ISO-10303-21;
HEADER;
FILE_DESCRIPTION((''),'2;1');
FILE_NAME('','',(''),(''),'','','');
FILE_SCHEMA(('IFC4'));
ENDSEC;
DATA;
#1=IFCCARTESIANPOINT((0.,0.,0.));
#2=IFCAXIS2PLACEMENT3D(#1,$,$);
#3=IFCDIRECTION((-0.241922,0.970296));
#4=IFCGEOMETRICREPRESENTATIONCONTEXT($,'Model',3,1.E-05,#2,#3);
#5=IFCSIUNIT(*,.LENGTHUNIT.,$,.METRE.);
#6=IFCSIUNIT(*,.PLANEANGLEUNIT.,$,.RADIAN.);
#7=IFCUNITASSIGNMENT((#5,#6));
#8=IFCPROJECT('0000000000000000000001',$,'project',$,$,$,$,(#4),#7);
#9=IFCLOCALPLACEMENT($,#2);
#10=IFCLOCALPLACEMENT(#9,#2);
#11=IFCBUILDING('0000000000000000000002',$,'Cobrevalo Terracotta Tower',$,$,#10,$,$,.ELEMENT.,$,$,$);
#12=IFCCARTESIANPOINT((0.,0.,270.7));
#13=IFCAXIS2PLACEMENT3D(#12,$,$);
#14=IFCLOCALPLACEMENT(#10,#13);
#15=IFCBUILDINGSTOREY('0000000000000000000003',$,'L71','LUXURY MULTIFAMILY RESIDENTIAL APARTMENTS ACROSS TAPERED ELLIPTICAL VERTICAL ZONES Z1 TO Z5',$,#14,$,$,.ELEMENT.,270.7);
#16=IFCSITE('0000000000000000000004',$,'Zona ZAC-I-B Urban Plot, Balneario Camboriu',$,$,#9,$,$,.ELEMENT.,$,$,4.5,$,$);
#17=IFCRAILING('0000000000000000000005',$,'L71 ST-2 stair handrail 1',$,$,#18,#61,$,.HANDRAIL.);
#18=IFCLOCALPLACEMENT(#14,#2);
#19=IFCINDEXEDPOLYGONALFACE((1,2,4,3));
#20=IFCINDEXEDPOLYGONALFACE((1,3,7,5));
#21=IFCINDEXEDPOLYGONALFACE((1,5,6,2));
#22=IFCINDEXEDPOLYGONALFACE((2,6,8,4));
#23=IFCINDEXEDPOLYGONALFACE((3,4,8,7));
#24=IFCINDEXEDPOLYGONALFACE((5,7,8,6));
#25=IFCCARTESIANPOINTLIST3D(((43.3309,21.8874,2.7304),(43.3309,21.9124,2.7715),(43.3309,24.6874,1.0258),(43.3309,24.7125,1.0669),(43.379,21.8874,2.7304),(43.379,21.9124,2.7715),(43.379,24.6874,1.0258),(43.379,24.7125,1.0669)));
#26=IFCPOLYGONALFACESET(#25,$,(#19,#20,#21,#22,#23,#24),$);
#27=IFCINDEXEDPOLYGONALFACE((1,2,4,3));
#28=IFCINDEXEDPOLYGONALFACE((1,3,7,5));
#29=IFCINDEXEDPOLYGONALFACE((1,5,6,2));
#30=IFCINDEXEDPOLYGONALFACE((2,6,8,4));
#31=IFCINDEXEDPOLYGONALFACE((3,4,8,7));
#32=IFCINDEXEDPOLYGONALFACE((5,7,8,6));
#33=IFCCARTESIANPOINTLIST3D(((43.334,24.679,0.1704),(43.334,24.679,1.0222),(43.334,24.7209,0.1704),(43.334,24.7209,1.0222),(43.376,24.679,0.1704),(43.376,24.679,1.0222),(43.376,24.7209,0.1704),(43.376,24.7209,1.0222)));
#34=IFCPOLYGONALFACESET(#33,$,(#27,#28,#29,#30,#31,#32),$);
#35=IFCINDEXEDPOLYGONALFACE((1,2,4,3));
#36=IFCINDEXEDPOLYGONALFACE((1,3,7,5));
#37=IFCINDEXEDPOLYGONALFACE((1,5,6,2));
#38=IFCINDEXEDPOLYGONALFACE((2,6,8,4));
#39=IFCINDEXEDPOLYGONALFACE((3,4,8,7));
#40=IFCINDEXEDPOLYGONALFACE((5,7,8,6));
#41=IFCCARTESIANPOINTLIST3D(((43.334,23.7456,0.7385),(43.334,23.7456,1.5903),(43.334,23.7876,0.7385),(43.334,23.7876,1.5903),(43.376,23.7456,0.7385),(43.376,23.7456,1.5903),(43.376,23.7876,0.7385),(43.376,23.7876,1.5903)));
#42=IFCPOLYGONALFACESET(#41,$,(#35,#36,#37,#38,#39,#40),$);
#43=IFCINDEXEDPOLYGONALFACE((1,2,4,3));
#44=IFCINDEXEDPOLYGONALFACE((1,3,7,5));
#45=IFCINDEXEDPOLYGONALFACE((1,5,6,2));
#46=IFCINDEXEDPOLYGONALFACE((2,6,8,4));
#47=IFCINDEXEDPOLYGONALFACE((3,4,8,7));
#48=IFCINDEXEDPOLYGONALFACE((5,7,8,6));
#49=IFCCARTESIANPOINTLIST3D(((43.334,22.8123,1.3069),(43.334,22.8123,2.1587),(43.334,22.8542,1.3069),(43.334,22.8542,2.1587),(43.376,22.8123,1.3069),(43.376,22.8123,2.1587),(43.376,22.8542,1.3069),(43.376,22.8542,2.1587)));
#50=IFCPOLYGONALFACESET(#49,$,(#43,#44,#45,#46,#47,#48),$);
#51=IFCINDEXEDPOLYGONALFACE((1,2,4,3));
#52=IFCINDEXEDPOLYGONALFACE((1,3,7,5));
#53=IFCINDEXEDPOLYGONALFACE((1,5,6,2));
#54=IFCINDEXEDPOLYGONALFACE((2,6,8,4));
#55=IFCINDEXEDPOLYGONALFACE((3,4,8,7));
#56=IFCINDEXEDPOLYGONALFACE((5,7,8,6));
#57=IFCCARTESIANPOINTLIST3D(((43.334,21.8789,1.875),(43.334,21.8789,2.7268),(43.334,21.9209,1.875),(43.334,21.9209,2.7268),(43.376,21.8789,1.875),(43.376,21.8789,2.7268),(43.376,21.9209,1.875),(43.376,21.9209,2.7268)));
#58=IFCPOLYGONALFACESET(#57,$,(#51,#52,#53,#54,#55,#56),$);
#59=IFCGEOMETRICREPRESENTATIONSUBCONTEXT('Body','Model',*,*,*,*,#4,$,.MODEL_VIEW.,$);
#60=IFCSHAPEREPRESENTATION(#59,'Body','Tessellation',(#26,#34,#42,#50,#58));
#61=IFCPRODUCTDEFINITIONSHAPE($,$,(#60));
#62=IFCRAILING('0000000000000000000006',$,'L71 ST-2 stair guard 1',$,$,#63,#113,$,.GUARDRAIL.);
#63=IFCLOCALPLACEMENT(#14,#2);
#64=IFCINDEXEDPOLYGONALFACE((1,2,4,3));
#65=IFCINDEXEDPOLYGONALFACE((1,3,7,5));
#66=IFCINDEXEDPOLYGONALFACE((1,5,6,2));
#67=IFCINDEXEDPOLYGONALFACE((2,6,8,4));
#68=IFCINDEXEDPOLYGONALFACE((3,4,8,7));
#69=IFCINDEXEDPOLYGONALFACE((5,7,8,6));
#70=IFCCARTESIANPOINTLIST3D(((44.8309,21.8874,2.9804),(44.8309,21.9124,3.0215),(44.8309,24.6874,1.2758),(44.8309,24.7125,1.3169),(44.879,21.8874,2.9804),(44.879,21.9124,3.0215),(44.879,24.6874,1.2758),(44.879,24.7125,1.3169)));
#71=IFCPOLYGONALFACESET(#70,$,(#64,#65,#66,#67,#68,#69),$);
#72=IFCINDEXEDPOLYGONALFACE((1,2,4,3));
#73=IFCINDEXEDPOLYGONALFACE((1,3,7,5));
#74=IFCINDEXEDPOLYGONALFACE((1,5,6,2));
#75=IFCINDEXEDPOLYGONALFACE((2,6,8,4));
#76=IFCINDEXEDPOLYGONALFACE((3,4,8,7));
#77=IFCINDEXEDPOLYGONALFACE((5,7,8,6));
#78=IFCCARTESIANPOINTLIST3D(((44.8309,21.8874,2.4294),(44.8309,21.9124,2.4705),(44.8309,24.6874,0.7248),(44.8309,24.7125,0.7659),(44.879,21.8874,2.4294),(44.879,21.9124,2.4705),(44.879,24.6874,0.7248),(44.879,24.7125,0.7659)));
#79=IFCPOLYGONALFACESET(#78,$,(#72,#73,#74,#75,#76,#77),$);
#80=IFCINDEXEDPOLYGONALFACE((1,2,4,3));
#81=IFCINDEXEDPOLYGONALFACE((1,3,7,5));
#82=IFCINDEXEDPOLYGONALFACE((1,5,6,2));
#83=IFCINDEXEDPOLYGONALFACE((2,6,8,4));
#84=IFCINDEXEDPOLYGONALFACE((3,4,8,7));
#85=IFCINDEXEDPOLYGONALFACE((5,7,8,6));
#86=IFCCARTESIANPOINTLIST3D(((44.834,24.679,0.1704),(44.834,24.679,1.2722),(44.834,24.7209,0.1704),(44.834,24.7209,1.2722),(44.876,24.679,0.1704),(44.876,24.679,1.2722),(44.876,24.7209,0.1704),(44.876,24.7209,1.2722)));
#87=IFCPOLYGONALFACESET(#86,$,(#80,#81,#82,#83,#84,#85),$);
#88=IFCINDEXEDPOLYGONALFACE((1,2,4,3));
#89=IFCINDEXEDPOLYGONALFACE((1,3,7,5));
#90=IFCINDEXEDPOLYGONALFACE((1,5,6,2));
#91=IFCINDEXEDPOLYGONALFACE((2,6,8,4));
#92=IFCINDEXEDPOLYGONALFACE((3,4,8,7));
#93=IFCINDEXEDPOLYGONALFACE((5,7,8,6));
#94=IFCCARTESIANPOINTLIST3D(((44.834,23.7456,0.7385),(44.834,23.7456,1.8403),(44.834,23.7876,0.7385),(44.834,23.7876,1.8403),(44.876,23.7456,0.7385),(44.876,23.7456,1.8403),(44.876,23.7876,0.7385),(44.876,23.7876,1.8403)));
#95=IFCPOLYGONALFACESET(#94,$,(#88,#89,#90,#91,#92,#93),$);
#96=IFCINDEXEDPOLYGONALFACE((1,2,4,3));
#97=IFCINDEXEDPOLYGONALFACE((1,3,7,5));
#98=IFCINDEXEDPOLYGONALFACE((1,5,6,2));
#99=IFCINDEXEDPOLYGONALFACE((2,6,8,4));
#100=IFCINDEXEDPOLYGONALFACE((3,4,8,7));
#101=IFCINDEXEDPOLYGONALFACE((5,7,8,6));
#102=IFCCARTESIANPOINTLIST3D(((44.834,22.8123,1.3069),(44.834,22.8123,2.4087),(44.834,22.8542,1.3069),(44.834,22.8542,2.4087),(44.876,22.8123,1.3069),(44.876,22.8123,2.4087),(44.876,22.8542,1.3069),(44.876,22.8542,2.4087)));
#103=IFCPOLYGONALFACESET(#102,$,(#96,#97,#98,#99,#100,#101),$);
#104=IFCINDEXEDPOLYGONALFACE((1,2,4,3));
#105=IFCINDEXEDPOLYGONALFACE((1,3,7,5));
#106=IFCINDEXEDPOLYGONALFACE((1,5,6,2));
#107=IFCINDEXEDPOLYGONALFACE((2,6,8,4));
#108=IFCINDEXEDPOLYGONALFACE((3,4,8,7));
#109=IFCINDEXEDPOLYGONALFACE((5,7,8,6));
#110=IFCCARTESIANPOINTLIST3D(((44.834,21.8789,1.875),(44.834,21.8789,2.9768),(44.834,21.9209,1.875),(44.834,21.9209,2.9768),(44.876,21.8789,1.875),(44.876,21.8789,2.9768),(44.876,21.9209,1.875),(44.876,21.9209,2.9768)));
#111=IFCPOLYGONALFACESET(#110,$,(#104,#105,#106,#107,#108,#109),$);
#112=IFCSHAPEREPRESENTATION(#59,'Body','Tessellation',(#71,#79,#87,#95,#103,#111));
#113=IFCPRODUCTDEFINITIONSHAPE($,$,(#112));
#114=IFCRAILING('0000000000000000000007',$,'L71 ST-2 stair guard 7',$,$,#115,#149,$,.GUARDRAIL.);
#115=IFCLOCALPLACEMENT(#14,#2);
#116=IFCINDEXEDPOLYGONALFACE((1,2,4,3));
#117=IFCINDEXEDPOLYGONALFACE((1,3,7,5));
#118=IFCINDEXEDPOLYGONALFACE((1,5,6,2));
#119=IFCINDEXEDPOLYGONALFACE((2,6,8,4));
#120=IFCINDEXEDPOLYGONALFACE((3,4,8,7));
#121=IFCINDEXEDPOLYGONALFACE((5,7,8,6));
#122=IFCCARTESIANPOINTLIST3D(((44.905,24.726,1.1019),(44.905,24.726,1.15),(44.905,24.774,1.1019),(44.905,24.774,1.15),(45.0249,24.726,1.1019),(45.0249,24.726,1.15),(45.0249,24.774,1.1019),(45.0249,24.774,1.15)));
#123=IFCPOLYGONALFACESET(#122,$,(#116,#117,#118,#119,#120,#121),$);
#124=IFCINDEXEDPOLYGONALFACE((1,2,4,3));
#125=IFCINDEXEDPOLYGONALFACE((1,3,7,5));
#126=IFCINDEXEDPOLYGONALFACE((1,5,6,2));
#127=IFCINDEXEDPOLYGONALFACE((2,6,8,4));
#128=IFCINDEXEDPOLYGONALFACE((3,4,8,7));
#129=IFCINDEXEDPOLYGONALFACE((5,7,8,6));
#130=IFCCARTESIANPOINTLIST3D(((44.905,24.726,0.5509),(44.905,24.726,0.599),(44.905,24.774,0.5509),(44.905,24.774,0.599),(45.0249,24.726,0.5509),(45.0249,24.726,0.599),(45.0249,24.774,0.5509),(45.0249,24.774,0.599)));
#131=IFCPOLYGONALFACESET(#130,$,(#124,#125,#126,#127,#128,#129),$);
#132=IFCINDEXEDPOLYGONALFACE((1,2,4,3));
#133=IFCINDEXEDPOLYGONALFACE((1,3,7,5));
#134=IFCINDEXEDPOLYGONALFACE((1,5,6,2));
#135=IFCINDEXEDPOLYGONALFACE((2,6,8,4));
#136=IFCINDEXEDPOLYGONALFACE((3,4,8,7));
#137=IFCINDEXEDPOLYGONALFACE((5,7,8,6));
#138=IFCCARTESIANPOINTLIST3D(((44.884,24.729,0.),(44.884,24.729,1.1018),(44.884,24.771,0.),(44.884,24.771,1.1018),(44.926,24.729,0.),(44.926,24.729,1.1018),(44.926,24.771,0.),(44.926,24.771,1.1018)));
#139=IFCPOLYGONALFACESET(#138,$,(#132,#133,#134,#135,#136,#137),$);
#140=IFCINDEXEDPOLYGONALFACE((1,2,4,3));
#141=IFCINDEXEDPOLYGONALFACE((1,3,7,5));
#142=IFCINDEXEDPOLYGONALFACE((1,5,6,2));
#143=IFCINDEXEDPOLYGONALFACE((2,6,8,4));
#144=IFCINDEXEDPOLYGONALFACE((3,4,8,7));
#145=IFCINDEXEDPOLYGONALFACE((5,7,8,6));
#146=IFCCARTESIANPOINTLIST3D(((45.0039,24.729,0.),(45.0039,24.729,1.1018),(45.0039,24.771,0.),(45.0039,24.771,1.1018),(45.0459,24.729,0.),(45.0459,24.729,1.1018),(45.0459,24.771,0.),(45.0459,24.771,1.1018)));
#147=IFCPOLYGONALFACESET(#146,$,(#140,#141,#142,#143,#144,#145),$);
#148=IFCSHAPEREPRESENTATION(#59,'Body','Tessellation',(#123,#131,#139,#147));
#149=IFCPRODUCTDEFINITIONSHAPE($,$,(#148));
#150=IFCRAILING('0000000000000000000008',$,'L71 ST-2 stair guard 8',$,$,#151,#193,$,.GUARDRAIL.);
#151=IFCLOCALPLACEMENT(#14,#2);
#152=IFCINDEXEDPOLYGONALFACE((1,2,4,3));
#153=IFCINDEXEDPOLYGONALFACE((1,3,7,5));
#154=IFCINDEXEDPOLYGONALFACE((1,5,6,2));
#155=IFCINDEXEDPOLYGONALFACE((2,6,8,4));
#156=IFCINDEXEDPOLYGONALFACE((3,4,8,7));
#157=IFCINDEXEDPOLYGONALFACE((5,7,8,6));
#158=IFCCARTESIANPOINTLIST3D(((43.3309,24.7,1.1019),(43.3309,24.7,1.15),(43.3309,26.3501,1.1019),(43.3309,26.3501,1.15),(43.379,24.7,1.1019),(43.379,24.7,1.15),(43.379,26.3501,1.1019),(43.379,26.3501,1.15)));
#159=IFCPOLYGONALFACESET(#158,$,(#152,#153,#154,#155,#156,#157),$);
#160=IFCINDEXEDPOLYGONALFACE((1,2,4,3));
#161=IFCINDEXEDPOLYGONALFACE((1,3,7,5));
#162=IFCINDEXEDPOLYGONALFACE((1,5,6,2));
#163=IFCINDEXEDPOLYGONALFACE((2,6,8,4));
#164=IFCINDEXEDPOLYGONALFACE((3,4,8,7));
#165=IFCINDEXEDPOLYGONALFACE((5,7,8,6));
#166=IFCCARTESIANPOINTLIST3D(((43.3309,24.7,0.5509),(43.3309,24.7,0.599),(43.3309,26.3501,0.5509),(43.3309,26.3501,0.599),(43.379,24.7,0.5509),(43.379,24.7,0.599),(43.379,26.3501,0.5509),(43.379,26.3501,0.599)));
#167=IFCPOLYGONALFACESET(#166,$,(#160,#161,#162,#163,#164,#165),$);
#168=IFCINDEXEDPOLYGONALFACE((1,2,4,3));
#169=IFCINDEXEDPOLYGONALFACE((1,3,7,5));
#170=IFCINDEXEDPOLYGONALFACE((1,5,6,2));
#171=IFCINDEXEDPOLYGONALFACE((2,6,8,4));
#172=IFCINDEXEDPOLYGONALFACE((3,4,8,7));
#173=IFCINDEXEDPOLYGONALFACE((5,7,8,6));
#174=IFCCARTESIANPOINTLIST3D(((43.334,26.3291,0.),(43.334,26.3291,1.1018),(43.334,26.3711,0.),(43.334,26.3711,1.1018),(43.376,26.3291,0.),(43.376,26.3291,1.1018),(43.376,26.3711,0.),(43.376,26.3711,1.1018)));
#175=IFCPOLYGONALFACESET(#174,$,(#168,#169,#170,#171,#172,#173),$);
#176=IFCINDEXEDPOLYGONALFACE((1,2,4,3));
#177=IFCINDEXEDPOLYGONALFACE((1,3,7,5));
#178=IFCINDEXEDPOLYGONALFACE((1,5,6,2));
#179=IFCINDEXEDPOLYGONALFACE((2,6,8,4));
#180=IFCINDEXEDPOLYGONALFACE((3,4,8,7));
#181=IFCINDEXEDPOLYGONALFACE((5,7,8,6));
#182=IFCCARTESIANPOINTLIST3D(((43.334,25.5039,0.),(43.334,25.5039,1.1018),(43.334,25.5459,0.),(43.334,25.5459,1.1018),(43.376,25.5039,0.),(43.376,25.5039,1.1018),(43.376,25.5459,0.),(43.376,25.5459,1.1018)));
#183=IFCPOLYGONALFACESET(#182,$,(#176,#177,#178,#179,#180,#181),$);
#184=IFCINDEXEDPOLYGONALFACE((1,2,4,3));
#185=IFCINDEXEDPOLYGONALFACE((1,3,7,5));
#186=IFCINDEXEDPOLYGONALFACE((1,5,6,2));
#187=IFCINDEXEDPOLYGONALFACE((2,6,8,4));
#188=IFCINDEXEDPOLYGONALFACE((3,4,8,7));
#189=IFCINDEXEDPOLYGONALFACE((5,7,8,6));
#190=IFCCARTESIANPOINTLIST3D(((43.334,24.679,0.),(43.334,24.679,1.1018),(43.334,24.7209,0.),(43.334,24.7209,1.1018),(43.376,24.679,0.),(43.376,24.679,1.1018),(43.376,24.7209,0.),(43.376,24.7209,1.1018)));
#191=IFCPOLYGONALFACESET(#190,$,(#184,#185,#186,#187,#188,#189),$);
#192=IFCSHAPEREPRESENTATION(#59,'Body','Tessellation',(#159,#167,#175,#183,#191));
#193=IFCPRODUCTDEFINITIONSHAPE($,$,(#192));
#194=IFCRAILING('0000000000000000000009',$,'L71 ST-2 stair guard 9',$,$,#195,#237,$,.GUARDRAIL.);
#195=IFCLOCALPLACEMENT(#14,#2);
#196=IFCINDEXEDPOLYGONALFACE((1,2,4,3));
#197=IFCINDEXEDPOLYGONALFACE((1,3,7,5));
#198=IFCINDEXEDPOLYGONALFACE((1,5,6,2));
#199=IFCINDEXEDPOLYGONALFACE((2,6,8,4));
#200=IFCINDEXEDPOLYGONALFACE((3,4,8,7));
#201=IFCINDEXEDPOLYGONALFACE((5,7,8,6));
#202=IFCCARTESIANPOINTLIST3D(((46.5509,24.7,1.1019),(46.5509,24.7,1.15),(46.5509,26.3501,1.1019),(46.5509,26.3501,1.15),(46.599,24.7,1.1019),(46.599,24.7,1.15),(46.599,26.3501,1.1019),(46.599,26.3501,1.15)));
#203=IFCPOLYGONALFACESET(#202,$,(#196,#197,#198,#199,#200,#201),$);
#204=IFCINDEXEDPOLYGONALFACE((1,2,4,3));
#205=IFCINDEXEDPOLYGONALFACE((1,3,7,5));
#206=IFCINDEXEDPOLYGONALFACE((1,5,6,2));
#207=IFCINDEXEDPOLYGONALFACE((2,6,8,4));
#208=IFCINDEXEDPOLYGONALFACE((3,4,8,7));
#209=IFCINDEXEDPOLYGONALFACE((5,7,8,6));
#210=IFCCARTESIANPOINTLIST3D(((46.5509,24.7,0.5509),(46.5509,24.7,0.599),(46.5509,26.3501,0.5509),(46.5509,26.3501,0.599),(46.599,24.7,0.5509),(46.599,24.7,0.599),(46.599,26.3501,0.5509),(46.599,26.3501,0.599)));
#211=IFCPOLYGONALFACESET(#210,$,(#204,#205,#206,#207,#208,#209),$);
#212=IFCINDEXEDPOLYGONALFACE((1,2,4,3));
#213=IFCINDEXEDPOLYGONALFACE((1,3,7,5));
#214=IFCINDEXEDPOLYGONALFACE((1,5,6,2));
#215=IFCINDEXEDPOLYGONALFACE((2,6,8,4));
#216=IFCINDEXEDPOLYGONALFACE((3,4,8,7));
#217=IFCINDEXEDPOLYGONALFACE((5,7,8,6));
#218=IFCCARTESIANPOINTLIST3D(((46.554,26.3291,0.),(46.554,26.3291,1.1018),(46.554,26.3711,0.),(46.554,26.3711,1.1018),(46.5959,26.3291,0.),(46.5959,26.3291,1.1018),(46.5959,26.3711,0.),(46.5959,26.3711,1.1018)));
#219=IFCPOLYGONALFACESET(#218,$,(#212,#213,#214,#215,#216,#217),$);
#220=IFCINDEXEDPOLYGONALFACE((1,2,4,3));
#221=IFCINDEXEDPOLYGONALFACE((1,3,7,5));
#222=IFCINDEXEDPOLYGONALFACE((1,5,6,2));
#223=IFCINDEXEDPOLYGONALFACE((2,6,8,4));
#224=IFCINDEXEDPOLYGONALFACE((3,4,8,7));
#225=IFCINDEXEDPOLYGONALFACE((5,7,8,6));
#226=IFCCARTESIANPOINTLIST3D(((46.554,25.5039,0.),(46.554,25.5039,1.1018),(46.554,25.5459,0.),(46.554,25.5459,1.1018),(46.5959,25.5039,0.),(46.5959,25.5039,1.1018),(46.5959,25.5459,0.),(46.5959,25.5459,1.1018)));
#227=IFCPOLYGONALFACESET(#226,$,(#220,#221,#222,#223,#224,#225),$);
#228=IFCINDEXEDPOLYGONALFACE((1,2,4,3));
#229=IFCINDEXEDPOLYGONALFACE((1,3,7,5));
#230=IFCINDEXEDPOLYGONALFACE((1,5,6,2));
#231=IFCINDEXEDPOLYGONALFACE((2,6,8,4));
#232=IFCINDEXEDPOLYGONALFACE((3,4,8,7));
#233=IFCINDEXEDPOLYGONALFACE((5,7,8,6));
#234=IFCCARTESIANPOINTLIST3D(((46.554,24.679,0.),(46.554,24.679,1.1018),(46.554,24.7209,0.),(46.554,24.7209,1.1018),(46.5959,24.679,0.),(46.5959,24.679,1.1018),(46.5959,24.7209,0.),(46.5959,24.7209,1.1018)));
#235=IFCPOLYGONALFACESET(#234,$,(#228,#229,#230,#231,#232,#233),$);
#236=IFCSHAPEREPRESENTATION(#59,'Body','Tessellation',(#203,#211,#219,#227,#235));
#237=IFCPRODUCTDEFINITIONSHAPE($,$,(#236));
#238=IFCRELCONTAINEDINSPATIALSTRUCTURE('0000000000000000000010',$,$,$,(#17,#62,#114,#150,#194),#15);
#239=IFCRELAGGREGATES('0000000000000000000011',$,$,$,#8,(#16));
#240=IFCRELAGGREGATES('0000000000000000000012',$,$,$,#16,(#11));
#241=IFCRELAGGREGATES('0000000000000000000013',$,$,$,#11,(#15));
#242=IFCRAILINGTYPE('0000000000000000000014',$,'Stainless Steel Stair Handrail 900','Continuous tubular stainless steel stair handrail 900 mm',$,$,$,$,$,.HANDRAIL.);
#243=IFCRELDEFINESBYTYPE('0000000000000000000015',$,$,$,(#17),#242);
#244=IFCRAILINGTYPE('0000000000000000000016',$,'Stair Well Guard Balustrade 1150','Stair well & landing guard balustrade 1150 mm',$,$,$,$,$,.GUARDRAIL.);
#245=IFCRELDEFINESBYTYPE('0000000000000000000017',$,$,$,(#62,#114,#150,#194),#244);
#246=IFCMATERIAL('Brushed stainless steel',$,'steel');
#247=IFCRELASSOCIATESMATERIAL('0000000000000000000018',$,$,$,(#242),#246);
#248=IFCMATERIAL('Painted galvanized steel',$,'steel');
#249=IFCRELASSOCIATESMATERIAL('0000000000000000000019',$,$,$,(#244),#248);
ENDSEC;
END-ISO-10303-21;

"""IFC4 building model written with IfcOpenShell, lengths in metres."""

from ifc_helpers import new_model, si_unit, direction, frame, origin, origin_2d, place, context, subcontext, project, spatial, rectangle, extrude, material, type_object, element, save


model = new_model("IFC4")

# Units and contexts
model_context = context("Model", 3, precision=1e-05, world=origin(), true_north=direction((-0.241922, 0.970296)))
body_context = subcontext(model_context, "Body", "Model", "MODEL_VIEW")
ifc_project = project(units=[si_unit("LENGTHUNIT", "METRE"), si_unit("PLANEANGLEUNIT", "RADIAN")], contexts=[model_context])

# Site, building, storey
site_placement = place(None, origin())
site = spatial("IfcSite", under=ifc_project, at=site_placement, Name="Zona ZAC-I-B Urban Plot, Balneario Camboriu", CompositionType="ELEMENT", RefElevation=4.5)
building_placement = place(site_placement, origin())
building = spatial("IfcBuilding", under=site, at=building_placement, Name="Cobrevalo Terracotta Tower", CompositionType="ELEMENT")
storey_placement = place(building_placement, frame((0.0, 0.0, 270.7)))
storey = spatial("IfcBuildingStorey", under=building, at=storey_placement, Name="L71", Description="LUXURY MULTIFAMILY RESIDENTIAL APARTMENTS ACROSS TAPERED ELLIPTICAL VERTICAL ZONES Z1 TO Z5", CompositionType="ELEMENT", Elevation=270.7)

# Shared definitions
ifc_material_1 = material(Name="Brushed stainless steel", Category="steel")

# Railings
railing_type_1 = type_object("IfcRailingType", Name="Stainless Steel Stair Handrail 900", Description="Continuous tubular stainless steel stair handrail 900 mm", PredefinedType="HANDRAIL", material=ifc_material_1)
railing_1_placement = place(storey_placement, frame((43.355, 24.7, 0.1704)))
element("IfcRailing", 1, at=railing_1_placement, inside=storey, type_object=railing_type_1, Name="L71 ST-2 stair handrail 1", PredefinedType="HANDRAIL", context=body_context, shape_type="SweptSolid", body=[
    extrude(rectangle(XDim=0.0481, YDim=0.0481, at=origin_2d()), frame((0.0, 0.0, 0.876), z_axis=(0.0, -0.85417, 0.519994), x_axis=(1.0, 0.0, 0.0)), (0.0, 0.0, 1.0), 3.2781),
    extrude(rectangle(XDim=0.042, YDim=0.042, at=origin_2d()), origin(), (0.0, 0.0, 1.0), 0.8518),
    extrude(rectangle(XDim=0.042, YDim=0.042, at=origin_2d()), frame((0.0, -0.9333, 0.5681)), (0.0, 0.0, 1.0), 0.8518),
    extrude(rectangle(XDim=0.042, YDim=0.042, at=origin_2d()), frame((0.0, -1.8667, 1.1365)), (0.0, 0.0, 1.0), 0.8518),
    extrude(rectangle(XDim=0.042, YDim=0.042, at=origin_2d()), frame((0.0, -2.8, 1.7046)), (0.0, 0.0, 1.0), 0.8518),
])
ifc_material_2 = material(Name="Painted galvanized steel", Category="steel")
railing_type_2 = type_object("IfcRailingType", Name="Stair Well Guard Balustrade 1150", Description="Stair well & landing guard balustrade 1150 mm", PredefinedType="GUARDRAIL", material=ifc_material_2)
railing_2_placement = place(storey_placement, frame((44.855, 24.7, 0.1704)))
element("IfcRailing", 2, at=railing_2_placement, inside=storey, type_object=railing_type_2, Name="L71 ST-2 stair guard 1", PredefinedType="GUARDRAIL", context=body_context, shape_type="SweptSolid", body=[
    extrude(rectangle(XDim=0.0481, YDim=0.0481, at=origin_2d()), frame((0.0, 0.0, 1.126), z_axis=(0.0, -0.85417, 0.519994), x_axis=(1.0, 0.0, 0.0)), (0.0, 0.0, 1.0), 3.2781),
    extrude(rectangle(XDim=0.0481, YDim=0.0481, at=origin_2d()), frame((0.0, 0.0, 0.575), z_axis=(0.0, -0.85417, 0.519994), x_axis=(1.0, 0.0, 0.0)), (0.0, 0.0, 1.0), 3.2781),
    extrude(rectangle(XDim=0.042, YDim=0.042, at=origin_2d()), origin(), (0.0, 0.0, 1.0), 1.1018),
    extrude(rectangle(XDim=0.042, YDim=0.042, at=origin_2d()), frame((0.0, -0.9333, 0.5681)), (0.0, 0.0, 1.0), 1.1018),
    extrude(rectangle(XDim=0.042, YDim=0.042, at=origin_2d()), frame((0.0, -1.8667, 1.1365)), (0.0, 0.0, 1.0), 1.1018),
    extrude(rectangle(XDim=0.042, YDim=0.042, at=origin_2d()), frame((0.0, -2.8, 1.7046)), (0.0, 0.0, 1.0), 1.1018),
])
railing_3_placement = place(storey_placement, frame((44.905, 24.75, 0.0)))
element("IfcRailing", 3, at=railing_3_placement, inside=storey, type_object=railing_type_2, Name="L71 ST-2 stair guard 7", PredefinedType="GUARDRAIL", context=body_context, shape_type="SweptSolid", body=[
    extrude(rectangle(XDim=0.0481, YDim=0.0481, at=origin_2d()), frame((0.0, 0.0, 1.126), z_axis=(1.0, 0.0, 0.0), x_axis=(0.0, 1.0, 0.0)), (0.0, 0.0, 1.0), 0.1199),
    extrude(rectangle(XDim=0.0481, YDim=0.0481, at=origin_2d()), frame((0.0, 0.0, 0.575), z_axis=(1.0, 0.0, 0.0), x_axis=(0.0, 1.0, 0.0)), (0.0, 0.0, 1.0), 0.1199),
    extrude(rectangle(XDim=0.042, YDim=0.042, at=origin_2d()), origin(), (0.0, 0.0, 1.0), 1.1018),
    extrude(rectangle(XDim=0.042, YDim=0.042, at=origin_2d()), frame((0.1199, 0.0, 0.0)), (0.0, 0.0, 1.0), 1.1018),
])
for number, where, name in (
    (4, (43.355, 26.3501, 0.0), "L71 ST-2 stair guard 8"),
    (5, (46.575, 26.3501, 0.0), "L71 ST-2 stair guard 9"),
):
    element("IfcRailing", number, at=place(storey_placement, frame(where)), inside=storey, type_object=railing_type_2, Name=name, PredefinedType="GUARDRAIL", context=body_context, shape_type="SweptSolid", body=[
        extrude(rectangle(XDim=0.0481, YDim=0.0481, at=origin_2d()), frame((0.0, 0.0, 1.126), z_axis=(0.0, -1.0, 0.0), x_axis=(1.0, 0.0, 0.0)), (0.0, 0.0, 1.0), 1.6501),
        extrude(rectangle(XDim=0.0481, YDim=0.0481, at=origin_2d()), frame((0.0, 0.0, 0.575), z_axis=(0.0, -1.0, 0.0), x_axis=(1.0, 0.0, 0.0)), (0.0, 0.0, 1.0), 1.6501),
        extrude(rectangle(XDim=0.042, YDim=0.042, at=origin_2d()), origin(), (0.0, 0.0, 1.0), 1.1018),
        extrude(rectangle(XDim=0.042, YDim=0.042, at=origin_2d()), frame((0.0, -0.8252, 0.0)), (0.0, 0.0, 1.0), 1.1018),
        extrude(rectangle(XDim=0.042, YDim=0.042, at=origin_2d()), frame((0.0, -1.6501, 0.0)), (0.0, 0.0, 1.0), 1.1018),
    ])

save(model, "model.ifc")
